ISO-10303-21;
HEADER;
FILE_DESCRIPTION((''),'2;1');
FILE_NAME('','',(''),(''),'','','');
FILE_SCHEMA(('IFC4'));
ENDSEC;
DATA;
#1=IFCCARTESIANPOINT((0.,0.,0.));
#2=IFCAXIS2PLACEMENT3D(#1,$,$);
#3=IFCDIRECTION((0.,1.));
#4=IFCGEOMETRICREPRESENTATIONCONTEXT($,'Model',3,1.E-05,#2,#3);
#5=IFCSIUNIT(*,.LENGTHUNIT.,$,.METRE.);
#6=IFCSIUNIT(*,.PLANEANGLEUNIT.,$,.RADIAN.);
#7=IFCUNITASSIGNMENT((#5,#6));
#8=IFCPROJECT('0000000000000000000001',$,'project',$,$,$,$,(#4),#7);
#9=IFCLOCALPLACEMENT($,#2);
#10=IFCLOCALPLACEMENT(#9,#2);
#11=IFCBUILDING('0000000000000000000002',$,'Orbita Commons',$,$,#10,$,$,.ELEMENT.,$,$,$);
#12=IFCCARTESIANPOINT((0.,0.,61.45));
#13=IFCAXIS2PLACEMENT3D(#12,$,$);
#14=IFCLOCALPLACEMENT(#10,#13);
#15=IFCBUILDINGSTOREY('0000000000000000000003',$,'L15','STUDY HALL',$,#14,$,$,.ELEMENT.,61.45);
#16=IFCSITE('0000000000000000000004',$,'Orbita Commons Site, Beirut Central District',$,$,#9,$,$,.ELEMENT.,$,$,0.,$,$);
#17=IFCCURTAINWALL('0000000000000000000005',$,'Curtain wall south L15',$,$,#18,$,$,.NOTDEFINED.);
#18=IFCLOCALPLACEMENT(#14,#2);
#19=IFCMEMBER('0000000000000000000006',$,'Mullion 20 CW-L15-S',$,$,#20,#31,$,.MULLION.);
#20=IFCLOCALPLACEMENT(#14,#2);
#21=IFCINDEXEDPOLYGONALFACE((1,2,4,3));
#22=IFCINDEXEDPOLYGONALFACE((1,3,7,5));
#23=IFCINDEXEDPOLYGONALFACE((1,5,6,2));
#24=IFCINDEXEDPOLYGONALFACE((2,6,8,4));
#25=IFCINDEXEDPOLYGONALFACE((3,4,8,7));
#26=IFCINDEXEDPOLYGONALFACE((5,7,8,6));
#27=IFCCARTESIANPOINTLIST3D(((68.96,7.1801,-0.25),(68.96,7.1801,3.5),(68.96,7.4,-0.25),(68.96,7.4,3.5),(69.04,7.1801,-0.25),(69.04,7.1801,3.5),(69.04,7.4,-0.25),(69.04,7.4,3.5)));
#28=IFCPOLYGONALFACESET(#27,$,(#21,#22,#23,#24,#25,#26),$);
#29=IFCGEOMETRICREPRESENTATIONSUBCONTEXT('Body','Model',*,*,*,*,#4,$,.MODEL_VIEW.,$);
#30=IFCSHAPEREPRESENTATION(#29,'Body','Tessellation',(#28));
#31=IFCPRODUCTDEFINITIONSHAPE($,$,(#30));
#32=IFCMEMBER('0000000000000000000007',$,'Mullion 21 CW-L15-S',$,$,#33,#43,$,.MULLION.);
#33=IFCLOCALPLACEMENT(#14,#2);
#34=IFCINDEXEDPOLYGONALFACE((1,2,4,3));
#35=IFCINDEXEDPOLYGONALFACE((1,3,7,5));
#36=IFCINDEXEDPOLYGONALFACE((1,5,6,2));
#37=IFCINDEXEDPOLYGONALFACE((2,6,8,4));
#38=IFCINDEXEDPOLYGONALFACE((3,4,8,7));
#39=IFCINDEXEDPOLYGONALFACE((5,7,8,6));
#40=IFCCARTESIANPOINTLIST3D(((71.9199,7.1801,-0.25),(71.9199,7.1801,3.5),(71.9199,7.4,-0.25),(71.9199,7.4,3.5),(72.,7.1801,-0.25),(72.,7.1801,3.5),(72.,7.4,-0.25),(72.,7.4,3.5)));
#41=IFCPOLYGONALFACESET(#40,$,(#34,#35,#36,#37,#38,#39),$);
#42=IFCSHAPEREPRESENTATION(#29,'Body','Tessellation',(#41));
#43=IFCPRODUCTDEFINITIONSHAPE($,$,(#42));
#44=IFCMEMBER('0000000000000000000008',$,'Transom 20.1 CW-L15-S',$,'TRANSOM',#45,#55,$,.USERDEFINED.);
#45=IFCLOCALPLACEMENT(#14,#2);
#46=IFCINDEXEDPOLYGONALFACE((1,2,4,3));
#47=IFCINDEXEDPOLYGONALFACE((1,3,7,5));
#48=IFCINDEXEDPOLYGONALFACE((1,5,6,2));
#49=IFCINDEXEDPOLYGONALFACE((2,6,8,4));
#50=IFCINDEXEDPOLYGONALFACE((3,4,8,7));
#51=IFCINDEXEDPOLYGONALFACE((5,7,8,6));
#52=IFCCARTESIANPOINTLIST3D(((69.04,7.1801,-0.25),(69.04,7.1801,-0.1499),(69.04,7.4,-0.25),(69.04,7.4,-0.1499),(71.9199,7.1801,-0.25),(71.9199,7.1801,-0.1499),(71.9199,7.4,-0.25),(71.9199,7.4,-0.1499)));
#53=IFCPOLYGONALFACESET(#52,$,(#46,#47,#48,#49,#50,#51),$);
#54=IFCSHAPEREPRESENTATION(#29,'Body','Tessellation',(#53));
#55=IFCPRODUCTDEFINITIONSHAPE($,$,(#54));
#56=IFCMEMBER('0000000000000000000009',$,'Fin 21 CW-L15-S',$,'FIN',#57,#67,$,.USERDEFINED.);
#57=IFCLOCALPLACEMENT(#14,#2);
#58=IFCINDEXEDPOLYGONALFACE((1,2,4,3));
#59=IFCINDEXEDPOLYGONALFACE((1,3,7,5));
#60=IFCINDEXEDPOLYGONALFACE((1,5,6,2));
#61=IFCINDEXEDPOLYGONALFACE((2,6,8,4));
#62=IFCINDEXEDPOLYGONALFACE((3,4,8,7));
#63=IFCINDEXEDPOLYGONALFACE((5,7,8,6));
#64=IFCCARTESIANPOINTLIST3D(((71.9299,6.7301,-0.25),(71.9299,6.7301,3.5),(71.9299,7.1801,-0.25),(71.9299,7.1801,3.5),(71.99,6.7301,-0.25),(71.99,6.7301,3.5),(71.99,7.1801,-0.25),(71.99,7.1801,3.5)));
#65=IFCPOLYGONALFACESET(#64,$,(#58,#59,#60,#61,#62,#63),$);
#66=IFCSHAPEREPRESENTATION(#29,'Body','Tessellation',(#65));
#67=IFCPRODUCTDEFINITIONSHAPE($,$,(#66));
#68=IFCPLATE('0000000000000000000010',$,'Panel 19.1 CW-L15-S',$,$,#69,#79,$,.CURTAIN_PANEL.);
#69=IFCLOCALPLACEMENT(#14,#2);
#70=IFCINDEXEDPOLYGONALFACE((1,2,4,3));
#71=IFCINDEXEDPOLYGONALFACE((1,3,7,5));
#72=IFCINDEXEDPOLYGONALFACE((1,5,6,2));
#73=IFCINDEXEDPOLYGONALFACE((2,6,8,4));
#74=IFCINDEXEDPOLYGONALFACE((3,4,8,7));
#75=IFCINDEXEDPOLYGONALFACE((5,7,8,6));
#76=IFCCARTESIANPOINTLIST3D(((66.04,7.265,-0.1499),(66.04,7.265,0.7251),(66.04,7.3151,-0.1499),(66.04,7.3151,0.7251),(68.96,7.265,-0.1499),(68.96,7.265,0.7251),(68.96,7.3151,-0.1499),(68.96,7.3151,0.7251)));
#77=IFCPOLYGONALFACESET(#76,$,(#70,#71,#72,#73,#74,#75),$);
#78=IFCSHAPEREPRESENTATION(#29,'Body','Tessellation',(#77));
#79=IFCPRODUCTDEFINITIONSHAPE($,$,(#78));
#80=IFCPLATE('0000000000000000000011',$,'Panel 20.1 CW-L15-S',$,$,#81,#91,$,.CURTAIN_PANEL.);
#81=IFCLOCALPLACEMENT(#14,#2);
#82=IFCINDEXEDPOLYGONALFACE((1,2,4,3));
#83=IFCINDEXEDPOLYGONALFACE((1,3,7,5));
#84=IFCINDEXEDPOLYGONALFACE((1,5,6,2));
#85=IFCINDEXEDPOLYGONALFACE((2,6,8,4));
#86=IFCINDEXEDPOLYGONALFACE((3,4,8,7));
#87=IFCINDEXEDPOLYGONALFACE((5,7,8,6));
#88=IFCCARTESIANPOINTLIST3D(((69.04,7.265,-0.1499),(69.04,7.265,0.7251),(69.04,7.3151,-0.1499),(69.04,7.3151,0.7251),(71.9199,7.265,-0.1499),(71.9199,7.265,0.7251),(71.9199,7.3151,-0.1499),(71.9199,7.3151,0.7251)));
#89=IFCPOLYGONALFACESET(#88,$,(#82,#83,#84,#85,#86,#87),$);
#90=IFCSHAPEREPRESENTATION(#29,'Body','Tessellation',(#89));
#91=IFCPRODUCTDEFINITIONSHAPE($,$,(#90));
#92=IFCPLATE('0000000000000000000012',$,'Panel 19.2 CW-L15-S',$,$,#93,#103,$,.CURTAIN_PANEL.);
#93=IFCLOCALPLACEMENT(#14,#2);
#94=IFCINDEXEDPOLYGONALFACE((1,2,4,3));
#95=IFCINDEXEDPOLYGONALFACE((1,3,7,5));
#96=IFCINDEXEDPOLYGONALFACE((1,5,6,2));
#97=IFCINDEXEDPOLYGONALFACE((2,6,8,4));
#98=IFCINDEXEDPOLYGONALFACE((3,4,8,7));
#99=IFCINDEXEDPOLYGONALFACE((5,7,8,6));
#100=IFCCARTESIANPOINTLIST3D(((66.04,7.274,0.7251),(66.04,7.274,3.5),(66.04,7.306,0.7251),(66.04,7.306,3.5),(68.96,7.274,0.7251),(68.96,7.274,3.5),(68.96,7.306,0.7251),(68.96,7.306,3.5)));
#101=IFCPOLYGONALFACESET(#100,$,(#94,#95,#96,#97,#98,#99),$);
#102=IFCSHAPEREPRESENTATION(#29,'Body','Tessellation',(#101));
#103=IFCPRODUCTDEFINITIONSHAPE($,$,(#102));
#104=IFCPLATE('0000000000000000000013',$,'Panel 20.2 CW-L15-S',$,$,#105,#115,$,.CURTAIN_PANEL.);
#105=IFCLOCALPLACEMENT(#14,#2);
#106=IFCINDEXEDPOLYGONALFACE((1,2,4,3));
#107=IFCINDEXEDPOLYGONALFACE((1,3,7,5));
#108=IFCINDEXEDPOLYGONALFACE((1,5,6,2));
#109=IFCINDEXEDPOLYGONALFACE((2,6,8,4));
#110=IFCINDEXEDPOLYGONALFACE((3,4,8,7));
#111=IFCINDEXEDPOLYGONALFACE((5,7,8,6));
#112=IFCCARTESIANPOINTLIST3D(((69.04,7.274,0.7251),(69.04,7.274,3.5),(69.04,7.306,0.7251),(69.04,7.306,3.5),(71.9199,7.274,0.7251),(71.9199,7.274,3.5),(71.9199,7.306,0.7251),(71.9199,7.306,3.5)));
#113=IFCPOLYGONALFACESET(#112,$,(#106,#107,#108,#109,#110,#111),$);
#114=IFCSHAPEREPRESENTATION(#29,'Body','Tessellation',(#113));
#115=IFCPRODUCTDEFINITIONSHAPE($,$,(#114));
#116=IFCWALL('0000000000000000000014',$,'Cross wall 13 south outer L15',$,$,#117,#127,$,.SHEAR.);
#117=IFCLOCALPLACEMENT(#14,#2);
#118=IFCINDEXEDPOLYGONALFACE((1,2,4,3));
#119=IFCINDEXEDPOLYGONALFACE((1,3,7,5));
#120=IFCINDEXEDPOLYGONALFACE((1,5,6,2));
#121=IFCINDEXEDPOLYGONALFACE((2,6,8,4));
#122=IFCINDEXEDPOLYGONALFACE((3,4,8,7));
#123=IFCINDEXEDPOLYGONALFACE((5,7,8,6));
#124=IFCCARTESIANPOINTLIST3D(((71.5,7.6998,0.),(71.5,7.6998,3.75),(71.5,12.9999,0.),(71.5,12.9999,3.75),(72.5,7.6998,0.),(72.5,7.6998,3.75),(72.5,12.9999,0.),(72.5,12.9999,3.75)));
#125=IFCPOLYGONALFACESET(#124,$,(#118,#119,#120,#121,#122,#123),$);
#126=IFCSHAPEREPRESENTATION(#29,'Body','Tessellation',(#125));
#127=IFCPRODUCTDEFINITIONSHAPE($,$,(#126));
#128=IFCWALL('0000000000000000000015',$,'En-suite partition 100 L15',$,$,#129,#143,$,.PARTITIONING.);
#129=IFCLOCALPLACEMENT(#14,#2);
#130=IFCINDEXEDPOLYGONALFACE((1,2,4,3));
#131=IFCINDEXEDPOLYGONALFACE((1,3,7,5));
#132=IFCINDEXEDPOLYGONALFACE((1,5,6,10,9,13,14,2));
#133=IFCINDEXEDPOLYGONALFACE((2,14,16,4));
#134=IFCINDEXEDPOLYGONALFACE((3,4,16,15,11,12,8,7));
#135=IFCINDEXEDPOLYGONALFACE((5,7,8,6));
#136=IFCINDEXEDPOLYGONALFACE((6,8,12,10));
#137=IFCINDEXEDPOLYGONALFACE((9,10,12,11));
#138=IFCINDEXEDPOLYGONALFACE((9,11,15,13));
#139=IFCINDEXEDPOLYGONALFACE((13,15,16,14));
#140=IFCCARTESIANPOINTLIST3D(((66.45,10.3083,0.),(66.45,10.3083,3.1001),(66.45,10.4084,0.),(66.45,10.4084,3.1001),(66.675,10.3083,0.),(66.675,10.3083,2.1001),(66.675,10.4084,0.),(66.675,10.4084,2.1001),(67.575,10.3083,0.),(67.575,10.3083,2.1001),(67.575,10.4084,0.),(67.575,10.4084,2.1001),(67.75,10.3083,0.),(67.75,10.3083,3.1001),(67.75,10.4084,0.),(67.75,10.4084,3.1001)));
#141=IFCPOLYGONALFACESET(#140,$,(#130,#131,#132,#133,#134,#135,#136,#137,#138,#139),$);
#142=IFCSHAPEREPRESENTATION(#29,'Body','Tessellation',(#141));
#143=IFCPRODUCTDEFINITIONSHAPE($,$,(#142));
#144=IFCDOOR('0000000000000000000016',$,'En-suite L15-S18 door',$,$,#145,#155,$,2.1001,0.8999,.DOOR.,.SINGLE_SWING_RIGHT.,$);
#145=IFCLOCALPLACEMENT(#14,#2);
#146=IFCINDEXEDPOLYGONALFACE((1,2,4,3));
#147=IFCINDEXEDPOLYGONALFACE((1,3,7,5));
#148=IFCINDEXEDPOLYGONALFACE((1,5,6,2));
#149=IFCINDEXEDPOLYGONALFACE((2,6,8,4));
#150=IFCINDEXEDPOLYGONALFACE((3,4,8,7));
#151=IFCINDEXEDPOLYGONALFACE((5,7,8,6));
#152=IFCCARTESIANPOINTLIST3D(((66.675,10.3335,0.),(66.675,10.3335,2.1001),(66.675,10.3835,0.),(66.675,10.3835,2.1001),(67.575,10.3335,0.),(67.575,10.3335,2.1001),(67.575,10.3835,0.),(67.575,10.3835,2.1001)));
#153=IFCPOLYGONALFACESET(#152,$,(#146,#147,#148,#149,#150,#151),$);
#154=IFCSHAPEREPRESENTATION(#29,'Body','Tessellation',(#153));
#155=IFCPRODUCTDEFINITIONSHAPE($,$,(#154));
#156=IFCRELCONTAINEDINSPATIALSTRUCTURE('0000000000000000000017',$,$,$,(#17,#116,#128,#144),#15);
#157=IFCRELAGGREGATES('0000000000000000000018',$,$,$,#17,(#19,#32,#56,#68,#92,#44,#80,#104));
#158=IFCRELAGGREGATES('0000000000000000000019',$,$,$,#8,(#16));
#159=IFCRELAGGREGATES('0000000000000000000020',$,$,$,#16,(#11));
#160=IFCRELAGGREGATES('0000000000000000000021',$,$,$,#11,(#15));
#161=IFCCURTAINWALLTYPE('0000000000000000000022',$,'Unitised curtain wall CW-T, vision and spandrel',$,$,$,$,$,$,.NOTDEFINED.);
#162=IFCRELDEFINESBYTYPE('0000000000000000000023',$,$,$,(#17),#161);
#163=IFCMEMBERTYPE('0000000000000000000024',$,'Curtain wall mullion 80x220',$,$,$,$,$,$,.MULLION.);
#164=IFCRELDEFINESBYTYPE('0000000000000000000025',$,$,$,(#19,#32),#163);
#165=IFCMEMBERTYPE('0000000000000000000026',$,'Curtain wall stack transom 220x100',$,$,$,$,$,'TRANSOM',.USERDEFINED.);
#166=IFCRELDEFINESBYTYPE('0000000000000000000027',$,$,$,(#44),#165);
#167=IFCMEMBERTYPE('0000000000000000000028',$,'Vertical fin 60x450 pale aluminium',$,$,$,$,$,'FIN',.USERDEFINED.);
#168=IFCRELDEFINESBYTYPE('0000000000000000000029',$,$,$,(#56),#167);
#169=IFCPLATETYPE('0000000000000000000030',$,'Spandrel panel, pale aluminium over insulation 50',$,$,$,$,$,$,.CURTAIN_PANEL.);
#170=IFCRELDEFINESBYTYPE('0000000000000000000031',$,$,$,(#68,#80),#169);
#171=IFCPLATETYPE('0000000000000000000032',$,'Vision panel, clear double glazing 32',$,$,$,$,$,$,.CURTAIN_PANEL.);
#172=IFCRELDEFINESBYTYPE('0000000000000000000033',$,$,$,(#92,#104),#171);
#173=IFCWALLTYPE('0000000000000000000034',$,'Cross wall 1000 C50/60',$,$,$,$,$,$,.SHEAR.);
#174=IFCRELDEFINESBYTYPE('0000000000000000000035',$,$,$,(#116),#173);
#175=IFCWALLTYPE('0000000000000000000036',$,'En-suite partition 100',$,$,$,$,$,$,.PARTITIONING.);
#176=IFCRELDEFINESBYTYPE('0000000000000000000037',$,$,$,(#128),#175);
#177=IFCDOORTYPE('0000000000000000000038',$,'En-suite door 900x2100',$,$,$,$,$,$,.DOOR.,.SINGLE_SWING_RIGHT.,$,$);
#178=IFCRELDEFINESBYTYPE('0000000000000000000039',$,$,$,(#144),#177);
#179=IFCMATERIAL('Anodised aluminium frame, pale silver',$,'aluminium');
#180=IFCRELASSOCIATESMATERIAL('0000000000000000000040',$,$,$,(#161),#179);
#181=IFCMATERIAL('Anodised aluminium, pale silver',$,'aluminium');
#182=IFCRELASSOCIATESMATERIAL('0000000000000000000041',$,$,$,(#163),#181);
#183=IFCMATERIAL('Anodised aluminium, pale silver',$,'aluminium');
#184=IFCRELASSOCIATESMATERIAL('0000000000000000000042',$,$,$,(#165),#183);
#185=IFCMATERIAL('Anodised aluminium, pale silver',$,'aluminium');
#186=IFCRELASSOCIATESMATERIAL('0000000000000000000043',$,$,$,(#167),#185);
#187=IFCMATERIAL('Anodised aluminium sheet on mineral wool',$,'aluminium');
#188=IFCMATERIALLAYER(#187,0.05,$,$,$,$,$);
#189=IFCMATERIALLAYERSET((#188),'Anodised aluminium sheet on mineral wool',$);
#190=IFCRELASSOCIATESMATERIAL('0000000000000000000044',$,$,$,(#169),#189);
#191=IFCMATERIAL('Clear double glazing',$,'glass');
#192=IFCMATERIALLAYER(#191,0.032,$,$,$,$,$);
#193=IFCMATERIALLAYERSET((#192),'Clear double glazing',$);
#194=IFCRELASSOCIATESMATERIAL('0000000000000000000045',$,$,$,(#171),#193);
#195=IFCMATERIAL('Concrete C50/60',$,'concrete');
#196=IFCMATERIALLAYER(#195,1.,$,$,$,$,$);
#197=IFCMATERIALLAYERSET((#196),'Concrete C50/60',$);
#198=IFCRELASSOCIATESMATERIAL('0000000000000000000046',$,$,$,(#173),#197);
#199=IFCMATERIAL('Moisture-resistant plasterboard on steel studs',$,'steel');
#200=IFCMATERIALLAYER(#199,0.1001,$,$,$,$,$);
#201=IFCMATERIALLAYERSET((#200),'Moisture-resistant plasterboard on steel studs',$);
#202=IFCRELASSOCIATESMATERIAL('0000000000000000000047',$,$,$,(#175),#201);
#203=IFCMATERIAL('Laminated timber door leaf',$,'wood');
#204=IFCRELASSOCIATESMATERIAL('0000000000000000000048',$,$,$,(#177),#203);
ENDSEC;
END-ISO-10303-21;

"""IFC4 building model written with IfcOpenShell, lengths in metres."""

from ifc_helpers import new_model, si_unit, direction, frame, frame_2d, origin, origin_2d, place, context, subcontext, project, spatial, polyline, rectangle, outline, extrude, material, layer, layer_set, material_profile, profile_set, type_object, element, fill, aggregate, save


model = new_model("IFC4")

# Units and contexts
model_context = context("Model", 3, precision=1e-05, world=origin(), true_north=direction((0.0, 1.0)))
body_context = subcontext(model_context, "Body", "Model", "MODEL_VIEW")
ifc_project = project(units=[si_unit("LENGTHUNIT", "METRE"), si_unit("PLANEANGLEUNIT", "RADIAN")], contexts=[model_context])

# Site, building, storey
site_placement = place(None, origin())
site = spatial("IfcSite", under=ifc_project, at=site_placement, Name="Orbita Commons Site, Beirut Central District", CompositionType="ELEMENT", RefElevation=0.0)
building_placement = place(site_placement, origin())
building = spatial("IfcBuilding", under=site, at=building_placement, Name="Orbita Commons", CompositionType="ELEMENT")
storey_placement = place(building_placement, frame((0.0, 0.0, 61.45)))
storey = spatial("IfcBuildingStorey", under=building, at=storey_placement, Name="L15", Description="STUDY HALL", CompositionType="ELEMENT", Elevation=61.45)

# Curtain wall, members, plates
ifc_material_1 = material(Name="Anodised aluminium frame, pale silver", Category="aluminium")
curtain_wall_type = type_object("IfcCurtainWallType", Name="Unitised curtain wall CW-T, vision and spandrel", PredefinedType="NOTDEFINED", material=ifc_material_1)
curtain_wall_placement = place(storey_placement, origin())
curtain_wall = element("IfcCurtainWall", 1, at=curtain_wall_placement, inside=storey, type_object=curtain_wall_type, Name="Curtain wall south L15", PredefinedType="NOTDEFINED")
ifc_material_2 = material(Name="Anodised aluminium, pale silver", Category="aluminium")
ifc_material_profile_1 = material_profile(ifc_material_2, rectangle(XDim=0.0801, YDim=0.22, at=origin_2d()), Name="AL 80x220")
ifc_profile_set_1 = profile_set([ifc_material_profile_1], Name="Anodised aluminium, pale silver")
member_type_1 = type_object("IfcMemberType", Name="Curtain wall mullion 80x220", PredefinedType="MULLION", material=ifc_profile_set_1)
member_1_placement = place(storey_placement, frame((69.0, 7.29, -0.25), z_axis=(0.0, 0.0, 1.0), x_axis=(1.0, 0.0, 0.0)))
member_1 = element("IfcMember", 2, at=member_1_placement, type_object=member_type_1, Name="Mullion 20 CW-L15-S", PredefinedType="MULLION", context=body_context, shape_type="SweptSolid", body=[
    extrude(rectangle(XDim=0.0801, YDim=0.22, at=origin_2d()), origin(), (0.0, 0.0, 1.0), 3.75),
])
member_2_placement = place(storey_placement, frame((71.96, 7.29, -0.25), z_axis=(0.0, 0.0, 1.0), x_axis=(1.0, 0.0, 0.0)))
member_2 = element("IfcMember", 3, at=member_2_placement, type_object=member_type_1, Name="Mullion 21 CW-L15-S", PredefinedType="MULLION", context=body_context, shape_type="SweptSolid", body=[
    extrude(rectangle(XDim=0.0801, YDim=0.22, at=origin_2d()), origin(), (0.0, 0.0, 1.0), 3.75),
])
ifc_material_3 = material(Name="Anodised aluminium, pale silver", Category="aluminium")
ifc_material_profile_2 = material_profile(ifc_material_3, rectangle(XDim=0.22, YDim=0.1001, at=origin_2d()), Name="AL 220x100")
ifc_profile_set_2 = profile_set([ifc_material_profile_2], Name="Anodised aluminium, pale silver")
member_type_2 = type_object("IfcMemberType", Name="Curtain wall stack transom 220x100", ElementType="TRANSOM", PredefinedType="USERDEFINED", material=ifc_profile_set_2)
member_3_placement = place(storey_placement, frame((69.04, 7.29, -0.2), z_axis=(1.0, 0.0, 0.0), x_axis=(0.0, 1.0, 0.0)))
member_3 = element("IfcMember", 4, at=member_3_placement, type_object=member_type_2, Name="Transom 20.1 CW-L15-S", ObjectType="TRANSOM", PredefinedType="USERDEFINED", context=body_context, shape_type="SweptSolid", body=[
    extrude(rectangle(XDim=0.22, YDim=0.1001, at=origin_2d()), origin(), (0.0, 0.0, 1.0), 2.8799),
])
ifc_material_4 = material(Name="Anodised aluminium, pale silver", Category="aluminium")
ifc_material_profile_3 = material_profile(ifc_material_4, rectangle(XDim=0.0601, YDim=0.45, at=origin_2d()), Name="FIN 60x450")
ifc_profile_set_3 = profile_set([ifc_material_profile_3], Name="Anodised aluminium, pale silver")
member_type_3 = type_object("IfcMemberType", Name="Vertical fin 60x450 pale aluminium", ElementType="FIN", PredefinedType="USERDEFINED", material=ifc_profile_set_3)
member_4_placement = place(storey_placement, frame((71.96, 6.9551, -0.25), z_axis=(0.0, 0.0, 1.0), x_axis=(1.0, 0.0, 0.0)))
member_4 = element("IfcMember", 5, at=member_4_placement, type_object=member_type_3, Name="Fin 21 CW-L15-S", ObjectType="FIN", PredefinedType="USERDEFINED", context=body_context, shape_type="SweptSolid", body=[
    extrude(rectangle(XDim=0.0601, YDim=0.45, at=origin_2d()), origin(), (0.0, 0.0, 1.0), 3.75),
])
ifc_material_5 = material(Name="Anodised aluminium sheet on mineral wool", Category="aluminium")
ifc_layer_1 = layer(ifc_material_5, 0.05)
ifc_layer_set_1 = layer_set([ifc_layer_1], Name="Anodised aluminium sheet on mineral wool")
plate_type_1 = type_object("IfcPlateType", Name="Spandrel panel, pale aluminium over insulation 50", PredefinedType="CURTAIN_PANEL", material=ifc_layer_set_1)
plate_1_placement = place(storey_placement, frame((67.5, 7.29, -0.1499), z_axis=(0.0, 0.0, 1.0), x_axis=(1.0, 0.0, 0.0)))
plate_1 = element("IfcPlate", 6, at=plate_1_placement, type_object=plate_type_1, Name="Panel 19.1 CW-L15-S", PredefinedType="CURTAIN_PANEL", context=body_context, shape_type="SweptSolid", body=[
    extrude(rectangle(XDim=2.9199, YDim=0.05, at=origin_2d()), origin(), (0.0, 0.0, 1.0), 0.875),
])
plate_2_placement = place(storey_placement, frame((70.48, 7.29, -0.1499), z_axis=(0.0, 0.0, 1.0), x_axis=(1.0, 0.0, 0.0)))
plate_2 = element("IfcPlate", 7, at=plate_2_placement, type_object=plate_type_1, Name="Panel 20.1 CW-L15-S", PredefinedType="CURTAIN_PANEL", context=body_context, shape_type="SweptSolid", body=[
    extrude(rectangle(XDim=2.8799, YDim=0.05, at=origin_2d()), origin(), (0.0, 0.0, 1.0), 0.875),
])
ifc_material_6 = material(Name="Clear double glazing", Category="glass")
ifc_layer_2 = layer(ifc_material_6, 0.032)
ifc_layer_set_2 = layer_set([ifc_layer_2], Name="Clear double glazing")
plate_type_2 = type_object("IfcPlateType", Name="Vision panel, clear double glazing 32", PredefinedType="CURTAIN_PANEL", material=ifc_layer_set_2)
plate_3_placement = place(storey_placement, frame((67.5, 7.29, 0.7251), z_axis=(0.0, 0.0, 1.0), x_axis=(1.0, 0.0, 0.0)))
plate_3 = element("IfcPlate", 8, at=plate_3_placement, type_object=plate_type_2, Name="Panel 19.2 CW-L15-S", PredefinedType="CURTAIN_PANEL", context=body_context, shape_type="SweptSolid", body=[
    extrude(rectangle(XDim=2.9199, YDim=0.032, at=origin_2d()), origin(), (0.0, 0.0, 1.0), 2.7749),
])
plate_4_placement = place(storey_placement, frame((70.48, 7.29, 0.7251), z_axis=(0.0, 0.0, 1.0), x_axis=(1.0, 0.0, 0.0)))
plate_4 = element("IfcPlate", 9, at=plate_4_placement, type_object=plate_type_2, Name="Panel 20.2 CW-L15-S", PredefinedType="CURTAIN_PANEL", context=body_context, shape_type="SweptSolid", body=[
    extrude(rectangle(XDim=2.8799, YDim=0.032, at=origin_2d()), origin(), (0.0, 0.0, 1.0), 2.7749),
])
aggregate(curtain_wall, [member_1, member_2, member_4, plate_1, plate_3, member_3, plate_2, plate_4])

# Wall
ifc_material_7 = material(Name="Concrete C50/60", Category="concrete")
ifc_layer_3 = layer(ifc_material_7, 1.0)
ifc_layer_set_3 = layer_set([ifc_layer_3], Name="Concrete C50/60")
wall_type_1 = type_object("IfcWallType", Name="Cross wall 1000 C50/60", PredefinedType="SHEAR", material=ifc_layer_set_3)
wall_1_placement = place(storey_placement, frame((72.0, 7.7, 0.0), z_axis=(0.0, 0.0, 1.0), x_axis=(0.0, 1.0, 0.0)))
element("IfcWall", 10, at=wall_1_placement, inside=storey, type_object=wall_type_1, Name="Cross wall 13 south outer L15", PredefinedType="SHEAR", context=body_context, shape_type="SweptSolid", body=[
    extrude(rectangle(XDim=5.3, YDim=1.0, at=frame_2d((2.6499, 0.0))), origin(), (0.0, 0.0, 1.0), 3.75),
])

# Wall, opening, door
ifc_material_8 = material(Name="Moisture-resistant plasterboard on steel studs", Category="steel")
ifc_layer_4 = layer(ifc_material_8, 0.1001)
ifc_layer_set_4 = layer_set([ifc_layer_4], Name="Moisture-resistant plasterboard on steel studs")
wall_type_2 = type_object("IfcWallType", Name="En-suite partition 100", PredefinedType="PARTITIONING", material=ifc_layer_set_4)
wall_2_placement = place(storey_placement, frame((67.75, 10.3584, 0.0), z_axis=(0.0, 0.0, 1.0), x_axis=(-1.0, 0.0, 0.0)))
wall_2 = element("IfcWall", 11, at=wall_2_placement, inside=storey, type_object=wall_type_2, Name="En-suite partition 100 L15", PredefinedType="PARTITIONING", context=body_context, shape_type="SweptSolid", body=[
    extrude(outline(polyline([(0.0, 0.0), (1.3, 0.0), (1.3, 3.1001), (0.0, 3.1001), (0.0, 0.0)])), frame((0.0, 0.05, 0.0), z_axis=(0.0, -1.0, 0.0), x_axis=(1.0, 0.0, 0.0)), (0.0, 0.0, 1.0), 0.1001),
])
opening_1_placement = place(wall_2_placement, frame((0.175, 0.0, 0.0)))
opening_1 = element("IfcOpeningElement", 12, at=opening_1_placement, cuts=wall_2, PredefinedType="OPENING", context=body_context, shape_type="SweptSolid", body=[
    extrude(rectangle(XDim=0.8999, YDim=2.1001, at=frame_2d((0.45, 1.05))), frame((0.0, 0.0601, 0.0), z_axis=(0.0, -1.0, 0.0), x_axis=(1.0, 0.0, 0.0)), (0.0, 0.0, 1.0), 0.1201),
])
ifc_material_9 = material(Name="Laminated timber door leaf", Category="wood")
door_type = type_object("IfcDoorType", Name="En-suite door 900x2100", OperationType="SINGLE_SWING_RIGHT", PredefinedType="DOOR", material=ifc_material_9)
door_1_placement = place(opening_1_placement, origin())
door_1 = element("IfcDoor", 13, at=door_1_placement, inside=storey, type_object=door_type, Name="En-suite L15-S18 door", OperationType="SINGLE_SWING_RIGHT", OverallHeight=2.1001, OverallWidth=0.8999, PredefinedType="DOOR", context=body_context, shape_type="SweptSolid", body=[
    extrude(rectangle(XDim=0.8999, YDim=2.1001, at=frame_2d((0.45, 1.05))), frame((0.0, 0.0249, 0.0), z_axis=(0.0, -1.0, 0.0), x_axis=(1.0, 0.0, 0.0)), (0.0, 0.0, 1.0), 0.05),
])
fill(opening_1, door_1)

save(model, "model.ifc")
